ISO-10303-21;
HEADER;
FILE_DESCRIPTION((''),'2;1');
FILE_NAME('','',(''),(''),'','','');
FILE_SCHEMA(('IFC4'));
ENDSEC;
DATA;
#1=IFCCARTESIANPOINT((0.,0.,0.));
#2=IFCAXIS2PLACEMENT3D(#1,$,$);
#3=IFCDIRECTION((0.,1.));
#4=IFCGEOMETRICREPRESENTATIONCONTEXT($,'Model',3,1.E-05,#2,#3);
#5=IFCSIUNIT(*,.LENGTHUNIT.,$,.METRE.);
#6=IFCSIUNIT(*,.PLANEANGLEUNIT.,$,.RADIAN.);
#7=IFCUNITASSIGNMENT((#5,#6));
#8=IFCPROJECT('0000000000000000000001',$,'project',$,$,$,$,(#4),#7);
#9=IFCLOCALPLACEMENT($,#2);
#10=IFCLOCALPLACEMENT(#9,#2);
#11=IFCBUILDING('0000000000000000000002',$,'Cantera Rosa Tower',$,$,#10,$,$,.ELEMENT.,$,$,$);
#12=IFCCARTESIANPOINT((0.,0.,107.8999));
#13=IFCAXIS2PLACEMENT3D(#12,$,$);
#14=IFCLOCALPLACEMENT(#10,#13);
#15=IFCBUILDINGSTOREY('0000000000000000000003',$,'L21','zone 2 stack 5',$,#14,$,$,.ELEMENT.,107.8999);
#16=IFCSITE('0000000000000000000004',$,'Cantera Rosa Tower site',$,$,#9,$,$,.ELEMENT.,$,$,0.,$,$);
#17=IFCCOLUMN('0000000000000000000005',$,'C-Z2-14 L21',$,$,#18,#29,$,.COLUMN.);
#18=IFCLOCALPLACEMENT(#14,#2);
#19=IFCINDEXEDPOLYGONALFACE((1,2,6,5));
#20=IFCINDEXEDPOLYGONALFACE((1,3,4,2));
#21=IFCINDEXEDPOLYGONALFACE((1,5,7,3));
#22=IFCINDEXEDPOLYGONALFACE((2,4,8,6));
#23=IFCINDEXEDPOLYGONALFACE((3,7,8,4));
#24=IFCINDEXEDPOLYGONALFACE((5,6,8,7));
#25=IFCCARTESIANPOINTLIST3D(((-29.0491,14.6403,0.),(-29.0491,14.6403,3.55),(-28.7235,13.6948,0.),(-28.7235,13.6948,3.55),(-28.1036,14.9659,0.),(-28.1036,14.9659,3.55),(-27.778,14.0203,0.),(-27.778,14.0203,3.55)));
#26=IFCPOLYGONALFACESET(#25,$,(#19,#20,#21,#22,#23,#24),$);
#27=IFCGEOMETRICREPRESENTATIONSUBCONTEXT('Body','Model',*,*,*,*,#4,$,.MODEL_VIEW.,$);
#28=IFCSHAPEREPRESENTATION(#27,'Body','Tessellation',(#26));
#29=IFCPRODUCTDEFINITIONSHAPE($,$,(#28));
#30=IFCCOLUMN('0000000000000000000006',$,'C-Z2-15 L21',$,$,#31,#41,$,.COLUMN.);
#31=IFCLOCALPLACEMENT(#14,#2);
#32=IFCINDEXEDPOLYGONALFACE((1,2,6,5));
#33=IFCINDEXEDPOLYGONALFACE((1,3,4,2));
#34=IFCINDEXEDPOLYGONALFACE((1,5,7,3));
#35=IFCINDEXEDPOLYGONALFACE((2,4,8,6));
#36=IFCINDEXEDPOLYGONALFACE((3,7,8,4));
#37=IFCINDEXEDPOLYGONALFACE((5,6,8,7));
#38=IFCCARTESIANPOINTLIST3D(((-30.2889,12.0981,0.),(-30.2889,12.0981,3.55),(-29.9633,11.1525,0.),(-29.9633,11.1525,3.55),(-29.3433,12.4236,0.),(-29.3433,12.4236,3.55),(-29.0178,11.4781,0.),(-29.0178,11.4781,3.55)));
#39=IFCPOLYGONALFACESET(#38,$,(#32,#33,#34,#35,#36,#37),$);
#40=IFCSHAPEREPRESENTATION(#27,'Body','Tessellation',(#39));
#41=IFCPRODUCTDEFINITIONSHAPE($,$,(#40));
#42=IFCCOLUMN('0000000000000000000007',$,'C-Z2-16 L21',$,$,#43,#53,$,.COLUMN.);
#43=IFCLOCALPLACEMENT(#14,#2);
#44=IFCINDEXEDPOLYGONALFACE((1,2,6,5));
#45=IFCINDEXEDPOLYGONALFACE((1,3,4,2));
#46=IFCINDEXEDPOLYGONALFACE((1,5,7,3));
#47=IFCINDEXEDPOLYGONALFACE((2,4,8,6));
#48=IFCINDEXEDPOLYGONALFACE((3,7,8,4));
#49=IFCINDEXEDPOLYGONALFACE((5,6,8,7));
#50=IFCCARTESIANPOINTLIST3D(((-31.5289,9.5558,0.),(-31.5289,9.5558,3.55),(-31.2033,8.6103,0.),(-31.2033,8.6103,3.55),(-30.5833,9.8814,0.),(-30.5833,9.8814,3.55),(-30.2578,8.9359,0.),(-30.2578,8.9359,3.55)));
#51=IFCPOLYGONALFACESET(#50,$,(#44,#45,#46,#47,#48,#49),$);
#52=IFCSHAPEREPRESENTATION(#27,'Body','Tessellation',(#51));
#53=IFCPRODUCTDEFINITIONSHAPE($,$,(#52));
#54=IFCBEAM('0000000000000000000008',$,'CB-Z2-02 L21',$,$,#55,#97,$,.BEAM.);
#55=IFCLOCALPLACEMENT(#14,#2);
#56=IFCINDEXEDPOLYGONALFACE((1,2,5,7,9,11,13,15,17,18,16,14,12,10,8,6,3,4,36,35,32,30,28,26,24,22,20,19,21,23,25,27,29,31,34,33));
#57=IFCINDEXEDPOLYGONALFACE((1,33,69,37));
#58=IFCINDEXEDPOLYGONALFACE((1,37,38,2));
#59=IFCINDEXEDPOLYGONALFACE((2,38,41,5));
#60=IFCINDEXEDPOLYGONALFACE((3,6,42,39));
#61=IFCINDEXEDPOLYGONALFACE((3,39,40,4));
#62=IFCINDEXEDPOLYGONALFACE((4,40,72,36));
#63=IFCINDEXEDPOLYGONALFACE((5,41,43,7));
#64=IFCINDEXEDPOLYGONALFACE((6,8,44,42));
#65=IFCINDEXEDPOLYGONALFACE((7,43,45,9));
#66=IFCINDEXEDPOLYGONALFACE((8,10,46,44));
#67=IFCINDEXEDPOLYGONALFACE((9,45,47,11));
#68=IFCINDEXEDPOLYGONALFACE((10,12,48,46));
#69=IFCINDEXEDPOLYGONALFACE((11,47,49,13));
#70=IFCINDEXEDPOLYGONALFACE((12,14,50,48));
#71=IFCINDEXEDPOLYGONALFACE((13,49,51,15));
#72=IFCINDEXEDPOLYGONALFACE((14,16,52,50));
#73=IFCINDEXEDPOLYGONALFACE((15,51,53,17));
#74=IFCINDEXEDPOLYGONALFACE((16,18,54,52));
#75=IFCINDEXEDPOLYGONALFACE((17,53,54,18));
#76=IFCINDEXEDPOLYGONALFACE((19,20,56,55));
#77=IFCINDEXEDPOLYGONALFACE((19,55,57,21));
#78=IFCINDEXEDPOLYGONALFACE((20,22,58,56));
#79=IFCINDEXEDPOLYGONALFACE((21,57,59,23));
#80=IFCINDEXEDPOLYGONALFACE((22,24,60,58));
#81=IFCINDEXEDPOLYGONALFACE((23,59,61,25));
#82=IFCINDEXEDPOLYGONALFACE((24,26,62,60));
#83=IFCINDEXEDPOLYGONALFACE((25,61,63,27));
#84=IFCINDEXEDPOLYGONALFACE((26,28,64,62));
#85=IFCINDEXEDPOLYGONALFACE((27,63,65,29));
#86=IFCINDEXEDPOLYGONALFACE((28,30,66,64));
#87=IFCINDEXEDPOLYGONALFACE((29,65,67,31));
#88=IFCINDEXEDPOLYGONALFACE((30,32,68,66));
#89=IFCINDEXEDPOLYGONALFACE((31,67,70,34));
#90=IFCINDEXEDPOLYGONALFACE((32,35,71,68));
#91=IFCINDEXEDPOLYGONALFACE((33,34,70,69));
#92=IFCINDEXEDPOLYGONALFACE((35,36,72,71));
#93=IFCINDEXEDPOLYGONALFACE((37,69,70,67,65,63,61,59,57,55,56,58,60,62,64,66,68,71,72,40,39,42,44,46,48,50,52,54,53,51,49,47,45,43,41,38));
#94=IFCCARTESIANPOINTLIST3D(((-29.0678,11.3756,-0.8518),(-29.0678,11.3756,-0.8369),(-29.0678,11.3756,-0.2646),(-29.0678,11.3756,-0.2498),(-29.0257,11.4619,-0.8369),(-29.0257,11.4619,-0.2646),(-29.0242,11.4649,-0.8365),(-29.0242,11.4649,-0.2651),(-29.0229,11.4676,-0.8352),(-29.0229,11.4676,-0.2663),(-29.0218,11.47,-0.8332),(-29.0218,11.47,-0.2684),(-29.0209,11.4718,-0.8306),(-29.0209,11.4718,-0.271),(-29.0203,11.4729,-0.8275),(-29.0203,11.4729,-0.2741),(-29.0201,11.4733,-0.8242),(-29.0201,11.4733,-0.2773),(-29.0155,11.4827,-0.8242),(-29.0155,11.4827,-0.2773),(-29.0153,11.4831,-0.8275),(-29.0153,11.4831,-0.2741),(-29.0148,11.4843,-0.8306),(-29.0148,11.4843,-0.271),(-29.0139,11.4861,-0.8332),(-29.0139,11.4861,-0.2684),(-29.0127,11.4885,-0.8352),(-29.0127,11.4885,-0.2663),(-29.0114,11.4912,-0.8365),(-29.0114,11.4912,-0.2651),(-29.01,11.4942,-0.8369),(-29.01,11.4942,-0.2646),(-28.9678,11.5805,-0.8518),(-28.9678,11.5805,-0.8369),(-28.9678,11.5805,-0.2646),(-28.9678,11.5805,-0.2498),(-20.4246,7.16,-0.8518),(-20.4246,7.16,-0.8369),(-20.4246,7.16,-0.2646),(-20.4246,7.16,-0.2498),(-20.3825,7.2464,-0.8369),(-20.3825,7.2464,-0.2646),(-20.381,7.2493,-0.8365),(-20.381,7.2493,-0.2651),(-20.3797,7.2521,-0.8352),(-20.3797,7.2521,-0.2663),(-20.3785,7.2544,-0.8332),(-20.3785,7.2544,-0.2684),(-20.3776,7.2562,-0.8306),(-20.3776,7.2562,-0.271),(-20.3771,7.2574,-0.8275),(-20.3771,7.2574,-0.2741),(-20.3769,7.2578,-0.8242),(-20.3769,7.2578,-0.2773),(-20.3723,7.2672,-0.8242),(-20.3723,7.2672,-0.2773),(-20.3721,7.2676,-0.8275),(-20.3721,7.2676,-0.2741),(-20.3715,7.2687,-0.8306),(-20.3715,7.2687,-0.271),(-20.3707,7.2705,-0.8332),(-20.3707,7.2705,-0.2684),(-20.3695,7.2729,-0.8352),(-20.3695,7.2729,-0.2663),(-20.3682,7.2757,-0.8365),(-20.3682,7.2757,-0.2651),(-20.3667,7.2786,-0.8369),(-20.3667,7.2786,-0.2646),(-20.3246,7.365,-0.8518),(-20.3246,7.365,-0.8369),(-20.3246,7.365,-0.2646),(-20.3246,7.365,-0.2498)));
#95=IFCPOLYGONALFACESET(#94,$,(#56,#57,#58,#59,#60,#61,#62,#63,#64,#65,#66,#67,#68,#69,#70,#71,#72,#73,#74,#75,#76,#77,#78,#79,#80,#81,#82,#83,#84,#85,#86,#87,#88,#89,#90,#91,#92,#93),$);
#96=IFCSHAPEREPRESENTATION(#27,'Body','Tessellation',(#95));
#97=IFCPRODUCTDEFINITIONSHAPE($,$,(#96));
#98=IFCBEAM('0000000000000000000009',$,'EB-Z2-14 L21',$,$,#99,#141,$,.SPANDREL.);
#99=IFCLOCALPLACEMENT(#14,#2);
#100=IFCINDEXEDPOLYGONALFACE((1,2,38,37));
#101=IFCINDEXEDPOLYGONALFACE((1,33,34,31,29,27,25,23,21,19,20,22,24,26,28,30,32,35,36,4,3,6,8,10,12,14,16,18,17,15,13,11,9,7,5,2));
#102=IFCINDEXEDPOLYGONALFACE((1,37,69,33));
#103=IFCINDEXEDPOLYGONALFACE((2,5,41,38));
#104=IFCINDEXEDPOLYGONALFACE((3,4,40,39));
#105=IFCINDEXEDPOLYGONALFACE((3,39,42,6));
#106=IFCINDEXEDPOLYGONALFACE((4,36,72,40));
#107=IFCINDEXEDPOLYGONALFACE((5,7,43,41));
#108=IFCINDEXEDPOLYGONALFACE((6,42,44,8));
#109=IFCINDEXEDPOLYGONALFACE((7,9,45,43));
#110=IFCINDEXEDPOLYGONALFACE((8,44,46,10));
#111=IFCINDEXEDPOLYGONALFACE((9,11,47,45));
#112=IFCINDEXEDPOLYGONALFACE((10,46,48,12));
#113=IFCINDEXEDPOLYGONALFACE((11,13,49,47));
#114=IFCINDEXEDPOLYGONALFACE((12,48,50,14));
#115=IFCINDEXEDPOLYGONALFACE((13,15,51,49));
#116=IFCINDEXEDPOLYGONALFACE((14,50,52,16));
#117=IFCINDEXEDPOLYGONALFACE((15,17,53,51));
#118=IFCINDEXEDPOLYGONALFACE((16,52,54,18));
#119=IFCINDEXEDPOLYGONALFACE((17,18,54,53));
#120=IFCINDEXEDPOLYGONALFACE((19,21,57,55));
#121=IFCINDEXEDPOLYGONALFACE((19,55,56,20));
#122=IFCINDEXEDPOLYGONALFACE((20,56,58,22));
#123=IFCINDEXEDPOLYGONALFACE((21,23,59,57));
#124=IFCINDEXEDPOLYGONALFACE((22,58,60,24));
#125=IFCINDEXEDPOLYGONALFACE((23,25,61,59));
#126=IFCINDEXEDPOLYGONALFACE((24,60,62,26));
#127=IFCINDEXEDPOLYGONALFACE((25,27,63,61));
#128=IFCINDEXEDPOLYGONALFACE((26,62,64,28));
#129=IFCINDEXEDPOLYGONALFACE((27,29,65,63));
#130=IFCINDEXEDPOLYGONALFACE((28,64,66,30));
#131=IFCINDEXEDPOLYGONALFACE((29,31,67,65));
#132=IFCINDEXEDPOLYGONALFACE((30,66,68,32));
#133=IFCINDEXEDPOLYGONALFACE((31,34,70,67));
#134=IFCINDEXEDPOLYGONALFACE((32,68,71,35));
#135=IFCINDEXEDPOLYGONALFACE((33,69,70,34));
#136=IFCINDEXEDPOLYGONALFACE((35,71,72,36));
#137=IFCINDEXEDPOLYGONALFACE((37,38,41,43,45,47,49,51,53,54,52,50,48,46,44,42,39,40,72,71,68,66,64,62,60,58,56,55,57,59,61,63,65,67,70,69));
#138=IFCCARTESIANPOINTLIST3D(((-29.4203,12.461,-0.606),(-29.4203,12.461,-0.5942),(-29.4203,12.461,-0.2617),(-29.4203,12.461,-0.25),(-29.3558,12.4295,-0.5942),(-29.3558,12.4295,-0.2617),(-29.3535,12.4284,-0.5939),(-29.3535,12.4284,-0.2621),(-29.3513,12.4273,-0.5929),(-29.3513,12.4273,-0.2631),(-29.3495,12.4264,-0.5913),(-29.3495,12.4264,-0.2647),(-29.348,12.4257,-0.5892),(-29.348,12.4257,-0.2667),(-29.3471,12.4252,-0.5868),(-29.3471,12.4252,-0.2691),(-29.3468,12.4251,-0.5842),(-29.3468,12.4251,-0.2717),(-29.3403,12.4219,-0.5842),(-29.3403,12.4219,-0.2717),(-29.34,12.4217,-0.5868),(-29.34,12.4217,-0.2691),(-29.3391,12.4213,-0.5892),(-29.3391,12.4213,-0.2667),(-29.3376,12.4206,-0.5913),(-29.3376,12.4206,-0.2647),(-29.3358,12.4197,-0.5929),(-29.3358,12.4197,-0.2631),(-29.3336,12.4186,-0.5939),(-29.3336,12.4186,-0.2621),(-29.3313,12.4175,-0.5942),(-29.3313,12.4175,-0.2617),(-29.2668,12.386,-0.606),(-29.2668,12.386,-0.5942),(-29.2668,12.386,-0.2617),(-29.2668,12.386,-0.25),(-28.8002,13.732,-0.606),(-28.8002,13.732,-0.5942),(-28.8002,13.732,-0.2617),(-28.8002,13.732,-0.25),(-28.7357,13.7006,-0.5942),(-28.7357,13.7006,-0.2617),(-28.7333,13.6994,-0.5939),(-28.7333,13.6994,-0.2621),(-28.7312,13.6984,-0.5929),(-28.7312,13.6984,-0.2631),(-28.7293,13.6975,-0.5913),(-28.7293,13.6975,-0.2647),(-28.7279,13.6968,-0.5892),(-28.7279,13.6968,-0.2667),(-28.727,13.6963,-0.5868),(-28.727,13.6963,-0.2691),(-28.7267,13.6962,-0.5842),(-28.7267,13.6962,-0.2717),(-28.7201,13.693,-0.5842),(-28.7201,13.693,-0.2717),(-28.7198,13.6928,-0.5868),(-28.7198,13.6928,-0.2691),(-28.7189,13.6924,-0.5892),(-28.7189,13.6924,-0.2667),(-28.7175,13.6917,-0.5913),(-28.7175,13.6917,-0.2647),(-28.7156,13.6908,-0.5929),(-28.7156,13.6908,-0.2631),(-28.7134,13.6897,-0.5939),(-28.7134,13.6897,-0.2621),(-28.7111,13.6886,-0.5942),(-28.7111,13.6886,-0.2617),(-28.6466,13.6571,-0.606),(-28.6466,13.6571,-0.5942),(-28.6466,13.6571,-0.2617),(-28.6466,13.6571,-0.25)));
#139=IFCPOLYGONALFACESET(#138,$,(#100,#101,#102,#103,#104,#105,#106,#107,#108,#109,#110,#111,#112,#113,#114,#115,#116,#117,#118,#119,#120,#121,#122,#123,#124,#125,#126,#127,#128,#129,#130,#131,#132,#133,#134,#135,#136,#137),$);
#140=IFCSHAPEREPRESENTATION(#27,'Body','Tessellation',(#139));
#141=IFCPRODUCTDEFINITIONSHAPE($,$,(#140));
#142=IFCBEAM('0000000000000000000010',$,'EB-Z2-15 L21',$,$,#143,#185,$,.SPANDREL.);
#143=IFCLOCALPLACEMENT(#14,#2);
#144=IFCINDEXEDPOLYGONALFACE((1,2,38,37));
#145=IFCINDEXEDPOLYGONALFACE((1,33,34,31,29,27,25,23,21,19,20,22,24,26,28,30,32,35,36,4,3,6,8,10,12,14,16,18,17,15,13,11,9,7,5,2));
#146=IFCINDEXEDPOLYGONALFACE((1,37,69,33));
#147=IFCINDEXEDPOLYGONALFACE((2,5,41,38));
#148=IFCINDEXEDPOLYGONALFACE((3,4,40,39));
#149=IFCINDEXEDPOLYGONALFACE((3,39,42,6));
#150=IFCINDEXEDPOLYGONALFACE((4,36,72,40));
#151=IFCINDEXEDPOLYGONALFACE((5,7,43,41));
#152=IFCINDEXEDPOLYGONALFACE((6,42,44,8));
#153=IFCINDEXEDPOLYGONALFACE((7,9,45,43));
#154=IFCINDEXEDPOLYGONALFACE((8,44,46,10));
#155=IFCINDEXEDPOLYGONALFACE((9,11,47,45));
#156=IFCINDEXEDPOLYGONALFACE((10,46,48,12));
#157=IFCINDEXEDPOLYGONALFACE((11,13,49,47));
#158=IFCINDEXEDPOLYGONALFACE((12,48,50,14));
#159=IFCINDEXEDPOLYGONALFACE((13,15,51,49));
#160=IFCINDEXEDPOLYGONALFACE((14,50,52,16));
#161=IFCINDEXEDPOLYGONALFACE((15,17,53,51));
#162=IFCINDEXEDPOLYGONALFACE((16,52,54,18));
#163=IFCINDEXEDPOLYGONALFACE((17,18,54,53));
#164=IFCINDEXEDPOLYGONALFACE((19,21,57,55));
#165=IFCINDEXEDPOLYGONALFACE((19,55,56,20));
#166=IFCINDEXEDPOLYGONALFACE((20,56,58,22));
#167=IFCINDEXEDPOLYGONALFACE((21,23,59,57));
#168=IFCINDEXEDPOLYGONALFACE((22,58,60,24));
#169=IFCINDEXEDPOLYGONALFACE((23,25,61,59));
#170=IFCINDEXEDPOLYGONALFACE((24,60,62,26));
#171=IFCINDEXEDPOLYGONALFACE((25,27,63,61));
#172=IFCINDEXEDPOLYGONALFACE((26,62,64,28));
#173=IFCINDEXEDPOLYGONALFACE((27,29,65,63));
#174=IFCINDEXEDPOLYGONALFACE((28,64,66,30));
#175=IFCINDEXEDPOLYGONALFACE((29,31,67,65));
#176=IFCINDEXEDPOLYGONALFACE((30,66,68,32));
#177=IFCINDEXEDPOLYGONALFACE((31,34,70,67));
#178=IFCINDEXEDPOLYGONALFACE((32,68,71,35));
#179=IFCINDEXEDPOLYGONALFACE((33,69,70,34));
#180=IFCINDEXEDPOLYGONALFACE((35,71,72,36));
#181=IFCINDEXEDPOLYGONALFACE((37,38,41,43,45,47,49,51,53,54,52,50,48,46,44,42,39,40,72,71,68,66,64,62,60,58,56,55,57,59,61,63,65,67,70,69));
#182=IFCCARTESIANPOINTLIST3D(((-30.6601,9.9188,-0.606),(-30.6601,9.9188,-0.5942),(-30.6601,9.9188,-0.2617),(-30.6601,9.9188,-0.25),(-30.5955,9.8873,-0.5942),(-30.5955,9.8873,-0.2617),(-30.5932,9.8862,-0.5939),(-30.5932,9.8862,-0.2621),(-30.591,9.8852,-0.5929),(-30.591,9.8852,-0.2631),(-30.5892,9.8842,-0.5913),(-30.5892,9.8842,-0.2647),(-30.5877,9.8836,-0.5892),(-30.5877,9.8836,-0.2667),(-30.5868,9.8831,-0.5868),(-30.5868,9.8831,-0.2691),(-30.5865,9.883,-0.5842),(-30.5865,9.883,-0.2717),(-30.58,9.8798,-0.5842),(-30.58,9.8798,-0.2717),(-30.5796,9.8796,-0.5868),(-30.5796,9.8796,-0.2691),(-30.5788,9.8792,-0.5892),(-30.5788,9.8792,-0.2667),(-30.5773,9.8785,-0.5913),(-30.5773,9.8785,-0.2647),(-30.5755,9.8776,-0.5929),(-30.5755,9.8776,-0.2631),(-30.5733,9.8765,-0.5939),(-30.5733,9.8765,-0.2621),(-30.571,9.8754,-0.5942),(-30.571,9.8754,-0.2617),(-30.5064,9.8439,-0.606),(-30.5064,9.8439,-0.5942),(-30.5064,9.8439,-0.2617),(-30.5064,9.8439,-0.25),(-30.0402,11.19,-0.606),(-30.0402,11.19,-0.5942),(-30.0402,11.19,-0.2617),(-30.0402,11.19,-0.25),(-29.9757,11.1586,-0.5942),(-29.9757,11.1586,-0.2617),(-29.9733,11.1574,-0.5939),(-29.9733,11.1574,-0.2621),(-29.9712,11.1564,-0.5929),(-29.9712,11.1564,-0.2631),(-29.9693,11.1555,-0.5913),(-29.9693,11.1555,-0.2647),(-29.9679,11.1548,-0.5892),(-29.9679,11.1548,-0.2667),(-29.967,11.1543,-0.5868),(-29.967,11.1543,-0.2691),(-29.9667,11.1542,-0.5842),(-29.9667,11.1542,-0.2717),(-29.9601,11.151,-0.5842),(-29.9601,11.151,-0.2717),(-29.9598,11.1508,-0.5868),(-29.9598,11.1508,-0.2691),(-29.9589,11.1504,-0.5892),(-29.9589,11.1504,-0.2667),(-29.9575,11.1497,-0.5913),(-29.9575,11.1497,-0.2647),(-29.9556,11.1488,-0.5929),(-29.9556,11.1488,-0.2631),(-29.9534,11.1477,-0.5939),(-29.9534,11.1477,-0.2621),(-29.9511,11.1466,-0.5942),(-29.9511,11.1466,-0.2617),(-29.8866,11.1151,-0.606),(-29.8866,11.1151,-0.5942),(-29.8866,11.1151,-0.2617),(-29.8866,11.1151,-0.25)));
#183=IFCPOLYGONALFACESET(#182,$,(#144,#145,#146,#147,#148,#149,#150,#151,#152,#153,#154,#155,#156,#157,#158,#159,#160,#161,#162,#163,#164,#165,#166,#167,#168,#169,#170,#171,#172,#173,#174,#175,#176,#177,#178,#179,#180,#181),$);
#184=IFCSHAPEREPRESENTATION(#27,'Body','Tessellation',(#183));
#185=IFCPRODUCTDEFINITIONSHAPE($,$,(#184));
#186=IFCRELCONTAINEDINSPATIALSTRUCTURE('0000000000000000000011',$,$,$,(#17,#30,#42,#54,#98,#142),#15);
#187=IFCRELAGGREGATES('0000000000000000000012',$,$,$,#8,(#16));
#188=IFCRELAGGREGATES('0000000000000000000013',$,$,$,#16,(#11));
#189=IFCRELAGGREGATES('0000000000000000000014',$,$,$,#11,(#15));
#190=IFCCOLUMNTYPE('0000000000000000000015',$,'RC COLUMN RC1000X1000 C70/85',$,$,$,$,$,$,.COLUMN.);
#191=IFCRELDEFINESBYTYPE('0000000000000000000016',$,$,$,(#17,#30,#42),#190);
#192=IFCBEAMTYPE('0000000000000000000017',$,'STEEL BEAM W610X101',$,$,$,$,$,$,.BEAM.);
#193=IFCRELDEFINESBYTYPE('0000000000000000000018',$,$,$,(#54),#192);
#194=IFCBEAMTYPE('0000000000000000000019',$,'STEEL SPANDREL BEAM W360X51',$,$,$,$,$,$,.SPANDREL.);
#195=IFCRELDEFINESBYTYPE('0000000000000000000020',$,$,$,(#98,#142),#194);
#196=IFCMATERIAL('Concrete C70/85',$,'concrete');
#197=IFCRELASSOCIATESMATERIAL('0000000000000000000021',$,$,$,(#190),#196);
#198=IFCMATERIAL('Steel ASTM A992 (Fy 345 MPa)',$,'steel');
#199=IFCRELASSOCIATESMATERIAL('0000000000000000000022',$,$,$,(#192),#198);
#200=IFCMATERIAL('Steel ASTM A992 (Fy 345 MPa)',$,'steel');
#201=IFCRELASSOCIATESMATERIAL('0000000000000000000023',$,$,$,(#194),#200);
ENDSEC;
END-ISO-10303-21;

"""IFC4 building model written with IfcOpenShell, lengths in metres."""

from ifc_helpers import new_model, si_unit, direction, frame, origin, origin_2d, place, context, subcontext, project, spatial, rectangle, i_section, extrude, material, material_profile, profile_set, type_object, element, save


model = new_model("IFC4")

# Units and contexts
model_context = context("Model", 3, precision=1e-05, world=origin(), true_north=direction((0.0, 1.0)))
body_context = subcontext(model_context, "Body", "Model", "MODEL_VIEW")
ifc_project = project(units=[si_unit("LENGTHUNIT", "METRE"), si_unit("PLANEANGLEUNIT", "RADIAN")], contexts=[model_context])

# Site, building, storey
site_placement = place(None, origin())
site = spatial("IfcSite", under=ifc_project, at=site_placement, Name="Cantera Rosa Tower site", CompositionType="ELEMENT", RefElevation=0.0)
building_placement = place(site_placement, origin())
building = spatial("IfcBuilding", under=site, at=building_placement, Name="Cantera Rosa Tower", CompositionType="ELEMENT")
storey_placement = place(building_placement, frame((0.0, 0.0, 107.8999)))
storey = spatial("IfcBuildingStorey", under=building, at=storey_placement, Name="L21", Description="zone 2 stack 5", CompositionType="ELEMENT", Elevation=107.8999)

# Columns
ifc_material_1 = material(Name="Concrete C70/85", Category="concrete")
ifc_material_profile_1 = material_profile(ifc_material_1, rectangle(XDim=1.0, YDim=1.0, at=origin_2d()), Name="RC COLUMN RC1000X1000 C70/85")
ifc_profile_set_1 = profile_set([ifc_material_profile_1], Name="Concrete C70/85")
column_type = type_object("IfcColumnType", Name="RC COLUMN RC1000X1000 C70/85", PredefinedType="COLUMN", material=ifc_profile_set_1)
for number, where, z_axis, x_axis, name in (
    (1, (-28.4136, 14.3303, 0.0), (0.0, 0.0, 1.0), (0.945519, 0.325568, 0.0), "C-Z2-14 L21"),
    (2, (-29.6533, 11.7881, 0.0), (0.0, 0.0, 1.0), (0.945519, 0.325568, 0.0), "C-Z2-15 L21"),
    (3, (-30.8933, 9.2458, 0.0), (0.0, 0.0, 1.0), (0.945519, 0.325568, 0.0), "C-Z2-16 L21"),
):
    element("IfcColumn", number, at=place(storey_placement, frame(where, z_axis=z_axis, x_axis=x_axis)), inside=storey, type_object=column_type, Name=name, PredefinedType="COLUMN", context=body_context, shape_type="SweptSolid", body=[
        extrude(rectangle(XDim=1.0, YDim=1.0, at=origin_2d()), origin(), (0.0, 0.0, 1.0), 3.55),
    ])

# Beams
ifc_material_2 = material(Name="Steel ASTM A992 (Fy 345 MPa)", Category="steel")
ifc_material_profile_2 = material_profile(ifc_material_2, i_section(OverallWidth=0.228, OverallDepth=0.6021, WebThickness=0.0105, FlangeThickness=0.0149, FilletRadius=0.0127, at=origin_2d()), Name="W610X101")
ifc_profile_set_2 = profile_set([ifc_material_profile_2], Name="Steel ASTM A992 (Fy 345 MPa)")
beam_type_1 = type_object("IfcBeamType", Name="STEEL BEAM W610X101", PredefinedType="BEAM", material=ifc_profile_set_2)
beam_1_placement = place(storey_placement, frame((-29.0178, 11.478, -0.5508), z_axis=(0.898796, -0.438367, 0.0), x_axis=(0.438367, 0.898796, 0.0)))
element("IfcBeam", 4, at=beam_1_placement, inside=storey, type_object=beam_type_1, Name="CB-Z2-02 L21", PredefinedType="BEAM", context=body_context, shape_type="SweptSolid", body=[
    extrude(i_section(OverallWidth=0.228, OverallDepth=0.6021, WebThickness=0.0105, FlangeThickness=0.0149, FilletRadius=0.0127, at=origin_2d()), origin(), (0.0, 0.0, 1.0), 9.6165),
])
ifc_material_3 = material(Name="Steel ASTM A992 (Fy 345 MPa)", Category="steel")
ifc_material_profile_3 = material_profile(ifc_material_3, i_section(OverallWidth=0.1709, OverallDepth=0.356, WebThickness=0.0073, FlangeThickness=0.0117, FilletRadius=0.01, at=origin_2d()), Name="W360X51")
ifc_profile_set_3 = profile_set([ifc_material_profile_3], Name="Steel ASTM A992 (Fy 345 MPa)")
beam_type_2 = type_object("IfcBeamType", Name="STEEL SPANDREL BEAM W360X51", PredefinedType="SPANDREL", material=ifc_profile_set_3)
for number, where, z_axis, x_axis, name in (
    (5, (-28.7234, 13.6946, -0.428), (-0.438492, -0.898735, 0.0), (0.898735, -0.438492, 0.0), "EB-Z2-14 L21"),
    (6, (-29.9634, 11.1526, -0.428), (-0.438284, -0.898836, 0.0), (0.898836, -0.438284, 0.0), "EB-Z2-15 L21"),
):
    element("IfcBeam", number, at=place(storey_placement, frame(where, z_axis=z_axis, x_axis=x_axis)), inside=storey, type_object=beam_type_2, Name=name, PredefinedType="SPANDREL", context=body_context, shape_type="SweptSolid", body=[
        extrude(i_section(OverallWidth=0.1709, OverallDepth=0.356, WebThickness=0.0073, FlangeThickness=0.0117, FilletRadius=0.01, at=origin_2d()), origin(), (0.0, 0.0, 1.0), 1.4143),
    ])

save(model, "model.ifc")
